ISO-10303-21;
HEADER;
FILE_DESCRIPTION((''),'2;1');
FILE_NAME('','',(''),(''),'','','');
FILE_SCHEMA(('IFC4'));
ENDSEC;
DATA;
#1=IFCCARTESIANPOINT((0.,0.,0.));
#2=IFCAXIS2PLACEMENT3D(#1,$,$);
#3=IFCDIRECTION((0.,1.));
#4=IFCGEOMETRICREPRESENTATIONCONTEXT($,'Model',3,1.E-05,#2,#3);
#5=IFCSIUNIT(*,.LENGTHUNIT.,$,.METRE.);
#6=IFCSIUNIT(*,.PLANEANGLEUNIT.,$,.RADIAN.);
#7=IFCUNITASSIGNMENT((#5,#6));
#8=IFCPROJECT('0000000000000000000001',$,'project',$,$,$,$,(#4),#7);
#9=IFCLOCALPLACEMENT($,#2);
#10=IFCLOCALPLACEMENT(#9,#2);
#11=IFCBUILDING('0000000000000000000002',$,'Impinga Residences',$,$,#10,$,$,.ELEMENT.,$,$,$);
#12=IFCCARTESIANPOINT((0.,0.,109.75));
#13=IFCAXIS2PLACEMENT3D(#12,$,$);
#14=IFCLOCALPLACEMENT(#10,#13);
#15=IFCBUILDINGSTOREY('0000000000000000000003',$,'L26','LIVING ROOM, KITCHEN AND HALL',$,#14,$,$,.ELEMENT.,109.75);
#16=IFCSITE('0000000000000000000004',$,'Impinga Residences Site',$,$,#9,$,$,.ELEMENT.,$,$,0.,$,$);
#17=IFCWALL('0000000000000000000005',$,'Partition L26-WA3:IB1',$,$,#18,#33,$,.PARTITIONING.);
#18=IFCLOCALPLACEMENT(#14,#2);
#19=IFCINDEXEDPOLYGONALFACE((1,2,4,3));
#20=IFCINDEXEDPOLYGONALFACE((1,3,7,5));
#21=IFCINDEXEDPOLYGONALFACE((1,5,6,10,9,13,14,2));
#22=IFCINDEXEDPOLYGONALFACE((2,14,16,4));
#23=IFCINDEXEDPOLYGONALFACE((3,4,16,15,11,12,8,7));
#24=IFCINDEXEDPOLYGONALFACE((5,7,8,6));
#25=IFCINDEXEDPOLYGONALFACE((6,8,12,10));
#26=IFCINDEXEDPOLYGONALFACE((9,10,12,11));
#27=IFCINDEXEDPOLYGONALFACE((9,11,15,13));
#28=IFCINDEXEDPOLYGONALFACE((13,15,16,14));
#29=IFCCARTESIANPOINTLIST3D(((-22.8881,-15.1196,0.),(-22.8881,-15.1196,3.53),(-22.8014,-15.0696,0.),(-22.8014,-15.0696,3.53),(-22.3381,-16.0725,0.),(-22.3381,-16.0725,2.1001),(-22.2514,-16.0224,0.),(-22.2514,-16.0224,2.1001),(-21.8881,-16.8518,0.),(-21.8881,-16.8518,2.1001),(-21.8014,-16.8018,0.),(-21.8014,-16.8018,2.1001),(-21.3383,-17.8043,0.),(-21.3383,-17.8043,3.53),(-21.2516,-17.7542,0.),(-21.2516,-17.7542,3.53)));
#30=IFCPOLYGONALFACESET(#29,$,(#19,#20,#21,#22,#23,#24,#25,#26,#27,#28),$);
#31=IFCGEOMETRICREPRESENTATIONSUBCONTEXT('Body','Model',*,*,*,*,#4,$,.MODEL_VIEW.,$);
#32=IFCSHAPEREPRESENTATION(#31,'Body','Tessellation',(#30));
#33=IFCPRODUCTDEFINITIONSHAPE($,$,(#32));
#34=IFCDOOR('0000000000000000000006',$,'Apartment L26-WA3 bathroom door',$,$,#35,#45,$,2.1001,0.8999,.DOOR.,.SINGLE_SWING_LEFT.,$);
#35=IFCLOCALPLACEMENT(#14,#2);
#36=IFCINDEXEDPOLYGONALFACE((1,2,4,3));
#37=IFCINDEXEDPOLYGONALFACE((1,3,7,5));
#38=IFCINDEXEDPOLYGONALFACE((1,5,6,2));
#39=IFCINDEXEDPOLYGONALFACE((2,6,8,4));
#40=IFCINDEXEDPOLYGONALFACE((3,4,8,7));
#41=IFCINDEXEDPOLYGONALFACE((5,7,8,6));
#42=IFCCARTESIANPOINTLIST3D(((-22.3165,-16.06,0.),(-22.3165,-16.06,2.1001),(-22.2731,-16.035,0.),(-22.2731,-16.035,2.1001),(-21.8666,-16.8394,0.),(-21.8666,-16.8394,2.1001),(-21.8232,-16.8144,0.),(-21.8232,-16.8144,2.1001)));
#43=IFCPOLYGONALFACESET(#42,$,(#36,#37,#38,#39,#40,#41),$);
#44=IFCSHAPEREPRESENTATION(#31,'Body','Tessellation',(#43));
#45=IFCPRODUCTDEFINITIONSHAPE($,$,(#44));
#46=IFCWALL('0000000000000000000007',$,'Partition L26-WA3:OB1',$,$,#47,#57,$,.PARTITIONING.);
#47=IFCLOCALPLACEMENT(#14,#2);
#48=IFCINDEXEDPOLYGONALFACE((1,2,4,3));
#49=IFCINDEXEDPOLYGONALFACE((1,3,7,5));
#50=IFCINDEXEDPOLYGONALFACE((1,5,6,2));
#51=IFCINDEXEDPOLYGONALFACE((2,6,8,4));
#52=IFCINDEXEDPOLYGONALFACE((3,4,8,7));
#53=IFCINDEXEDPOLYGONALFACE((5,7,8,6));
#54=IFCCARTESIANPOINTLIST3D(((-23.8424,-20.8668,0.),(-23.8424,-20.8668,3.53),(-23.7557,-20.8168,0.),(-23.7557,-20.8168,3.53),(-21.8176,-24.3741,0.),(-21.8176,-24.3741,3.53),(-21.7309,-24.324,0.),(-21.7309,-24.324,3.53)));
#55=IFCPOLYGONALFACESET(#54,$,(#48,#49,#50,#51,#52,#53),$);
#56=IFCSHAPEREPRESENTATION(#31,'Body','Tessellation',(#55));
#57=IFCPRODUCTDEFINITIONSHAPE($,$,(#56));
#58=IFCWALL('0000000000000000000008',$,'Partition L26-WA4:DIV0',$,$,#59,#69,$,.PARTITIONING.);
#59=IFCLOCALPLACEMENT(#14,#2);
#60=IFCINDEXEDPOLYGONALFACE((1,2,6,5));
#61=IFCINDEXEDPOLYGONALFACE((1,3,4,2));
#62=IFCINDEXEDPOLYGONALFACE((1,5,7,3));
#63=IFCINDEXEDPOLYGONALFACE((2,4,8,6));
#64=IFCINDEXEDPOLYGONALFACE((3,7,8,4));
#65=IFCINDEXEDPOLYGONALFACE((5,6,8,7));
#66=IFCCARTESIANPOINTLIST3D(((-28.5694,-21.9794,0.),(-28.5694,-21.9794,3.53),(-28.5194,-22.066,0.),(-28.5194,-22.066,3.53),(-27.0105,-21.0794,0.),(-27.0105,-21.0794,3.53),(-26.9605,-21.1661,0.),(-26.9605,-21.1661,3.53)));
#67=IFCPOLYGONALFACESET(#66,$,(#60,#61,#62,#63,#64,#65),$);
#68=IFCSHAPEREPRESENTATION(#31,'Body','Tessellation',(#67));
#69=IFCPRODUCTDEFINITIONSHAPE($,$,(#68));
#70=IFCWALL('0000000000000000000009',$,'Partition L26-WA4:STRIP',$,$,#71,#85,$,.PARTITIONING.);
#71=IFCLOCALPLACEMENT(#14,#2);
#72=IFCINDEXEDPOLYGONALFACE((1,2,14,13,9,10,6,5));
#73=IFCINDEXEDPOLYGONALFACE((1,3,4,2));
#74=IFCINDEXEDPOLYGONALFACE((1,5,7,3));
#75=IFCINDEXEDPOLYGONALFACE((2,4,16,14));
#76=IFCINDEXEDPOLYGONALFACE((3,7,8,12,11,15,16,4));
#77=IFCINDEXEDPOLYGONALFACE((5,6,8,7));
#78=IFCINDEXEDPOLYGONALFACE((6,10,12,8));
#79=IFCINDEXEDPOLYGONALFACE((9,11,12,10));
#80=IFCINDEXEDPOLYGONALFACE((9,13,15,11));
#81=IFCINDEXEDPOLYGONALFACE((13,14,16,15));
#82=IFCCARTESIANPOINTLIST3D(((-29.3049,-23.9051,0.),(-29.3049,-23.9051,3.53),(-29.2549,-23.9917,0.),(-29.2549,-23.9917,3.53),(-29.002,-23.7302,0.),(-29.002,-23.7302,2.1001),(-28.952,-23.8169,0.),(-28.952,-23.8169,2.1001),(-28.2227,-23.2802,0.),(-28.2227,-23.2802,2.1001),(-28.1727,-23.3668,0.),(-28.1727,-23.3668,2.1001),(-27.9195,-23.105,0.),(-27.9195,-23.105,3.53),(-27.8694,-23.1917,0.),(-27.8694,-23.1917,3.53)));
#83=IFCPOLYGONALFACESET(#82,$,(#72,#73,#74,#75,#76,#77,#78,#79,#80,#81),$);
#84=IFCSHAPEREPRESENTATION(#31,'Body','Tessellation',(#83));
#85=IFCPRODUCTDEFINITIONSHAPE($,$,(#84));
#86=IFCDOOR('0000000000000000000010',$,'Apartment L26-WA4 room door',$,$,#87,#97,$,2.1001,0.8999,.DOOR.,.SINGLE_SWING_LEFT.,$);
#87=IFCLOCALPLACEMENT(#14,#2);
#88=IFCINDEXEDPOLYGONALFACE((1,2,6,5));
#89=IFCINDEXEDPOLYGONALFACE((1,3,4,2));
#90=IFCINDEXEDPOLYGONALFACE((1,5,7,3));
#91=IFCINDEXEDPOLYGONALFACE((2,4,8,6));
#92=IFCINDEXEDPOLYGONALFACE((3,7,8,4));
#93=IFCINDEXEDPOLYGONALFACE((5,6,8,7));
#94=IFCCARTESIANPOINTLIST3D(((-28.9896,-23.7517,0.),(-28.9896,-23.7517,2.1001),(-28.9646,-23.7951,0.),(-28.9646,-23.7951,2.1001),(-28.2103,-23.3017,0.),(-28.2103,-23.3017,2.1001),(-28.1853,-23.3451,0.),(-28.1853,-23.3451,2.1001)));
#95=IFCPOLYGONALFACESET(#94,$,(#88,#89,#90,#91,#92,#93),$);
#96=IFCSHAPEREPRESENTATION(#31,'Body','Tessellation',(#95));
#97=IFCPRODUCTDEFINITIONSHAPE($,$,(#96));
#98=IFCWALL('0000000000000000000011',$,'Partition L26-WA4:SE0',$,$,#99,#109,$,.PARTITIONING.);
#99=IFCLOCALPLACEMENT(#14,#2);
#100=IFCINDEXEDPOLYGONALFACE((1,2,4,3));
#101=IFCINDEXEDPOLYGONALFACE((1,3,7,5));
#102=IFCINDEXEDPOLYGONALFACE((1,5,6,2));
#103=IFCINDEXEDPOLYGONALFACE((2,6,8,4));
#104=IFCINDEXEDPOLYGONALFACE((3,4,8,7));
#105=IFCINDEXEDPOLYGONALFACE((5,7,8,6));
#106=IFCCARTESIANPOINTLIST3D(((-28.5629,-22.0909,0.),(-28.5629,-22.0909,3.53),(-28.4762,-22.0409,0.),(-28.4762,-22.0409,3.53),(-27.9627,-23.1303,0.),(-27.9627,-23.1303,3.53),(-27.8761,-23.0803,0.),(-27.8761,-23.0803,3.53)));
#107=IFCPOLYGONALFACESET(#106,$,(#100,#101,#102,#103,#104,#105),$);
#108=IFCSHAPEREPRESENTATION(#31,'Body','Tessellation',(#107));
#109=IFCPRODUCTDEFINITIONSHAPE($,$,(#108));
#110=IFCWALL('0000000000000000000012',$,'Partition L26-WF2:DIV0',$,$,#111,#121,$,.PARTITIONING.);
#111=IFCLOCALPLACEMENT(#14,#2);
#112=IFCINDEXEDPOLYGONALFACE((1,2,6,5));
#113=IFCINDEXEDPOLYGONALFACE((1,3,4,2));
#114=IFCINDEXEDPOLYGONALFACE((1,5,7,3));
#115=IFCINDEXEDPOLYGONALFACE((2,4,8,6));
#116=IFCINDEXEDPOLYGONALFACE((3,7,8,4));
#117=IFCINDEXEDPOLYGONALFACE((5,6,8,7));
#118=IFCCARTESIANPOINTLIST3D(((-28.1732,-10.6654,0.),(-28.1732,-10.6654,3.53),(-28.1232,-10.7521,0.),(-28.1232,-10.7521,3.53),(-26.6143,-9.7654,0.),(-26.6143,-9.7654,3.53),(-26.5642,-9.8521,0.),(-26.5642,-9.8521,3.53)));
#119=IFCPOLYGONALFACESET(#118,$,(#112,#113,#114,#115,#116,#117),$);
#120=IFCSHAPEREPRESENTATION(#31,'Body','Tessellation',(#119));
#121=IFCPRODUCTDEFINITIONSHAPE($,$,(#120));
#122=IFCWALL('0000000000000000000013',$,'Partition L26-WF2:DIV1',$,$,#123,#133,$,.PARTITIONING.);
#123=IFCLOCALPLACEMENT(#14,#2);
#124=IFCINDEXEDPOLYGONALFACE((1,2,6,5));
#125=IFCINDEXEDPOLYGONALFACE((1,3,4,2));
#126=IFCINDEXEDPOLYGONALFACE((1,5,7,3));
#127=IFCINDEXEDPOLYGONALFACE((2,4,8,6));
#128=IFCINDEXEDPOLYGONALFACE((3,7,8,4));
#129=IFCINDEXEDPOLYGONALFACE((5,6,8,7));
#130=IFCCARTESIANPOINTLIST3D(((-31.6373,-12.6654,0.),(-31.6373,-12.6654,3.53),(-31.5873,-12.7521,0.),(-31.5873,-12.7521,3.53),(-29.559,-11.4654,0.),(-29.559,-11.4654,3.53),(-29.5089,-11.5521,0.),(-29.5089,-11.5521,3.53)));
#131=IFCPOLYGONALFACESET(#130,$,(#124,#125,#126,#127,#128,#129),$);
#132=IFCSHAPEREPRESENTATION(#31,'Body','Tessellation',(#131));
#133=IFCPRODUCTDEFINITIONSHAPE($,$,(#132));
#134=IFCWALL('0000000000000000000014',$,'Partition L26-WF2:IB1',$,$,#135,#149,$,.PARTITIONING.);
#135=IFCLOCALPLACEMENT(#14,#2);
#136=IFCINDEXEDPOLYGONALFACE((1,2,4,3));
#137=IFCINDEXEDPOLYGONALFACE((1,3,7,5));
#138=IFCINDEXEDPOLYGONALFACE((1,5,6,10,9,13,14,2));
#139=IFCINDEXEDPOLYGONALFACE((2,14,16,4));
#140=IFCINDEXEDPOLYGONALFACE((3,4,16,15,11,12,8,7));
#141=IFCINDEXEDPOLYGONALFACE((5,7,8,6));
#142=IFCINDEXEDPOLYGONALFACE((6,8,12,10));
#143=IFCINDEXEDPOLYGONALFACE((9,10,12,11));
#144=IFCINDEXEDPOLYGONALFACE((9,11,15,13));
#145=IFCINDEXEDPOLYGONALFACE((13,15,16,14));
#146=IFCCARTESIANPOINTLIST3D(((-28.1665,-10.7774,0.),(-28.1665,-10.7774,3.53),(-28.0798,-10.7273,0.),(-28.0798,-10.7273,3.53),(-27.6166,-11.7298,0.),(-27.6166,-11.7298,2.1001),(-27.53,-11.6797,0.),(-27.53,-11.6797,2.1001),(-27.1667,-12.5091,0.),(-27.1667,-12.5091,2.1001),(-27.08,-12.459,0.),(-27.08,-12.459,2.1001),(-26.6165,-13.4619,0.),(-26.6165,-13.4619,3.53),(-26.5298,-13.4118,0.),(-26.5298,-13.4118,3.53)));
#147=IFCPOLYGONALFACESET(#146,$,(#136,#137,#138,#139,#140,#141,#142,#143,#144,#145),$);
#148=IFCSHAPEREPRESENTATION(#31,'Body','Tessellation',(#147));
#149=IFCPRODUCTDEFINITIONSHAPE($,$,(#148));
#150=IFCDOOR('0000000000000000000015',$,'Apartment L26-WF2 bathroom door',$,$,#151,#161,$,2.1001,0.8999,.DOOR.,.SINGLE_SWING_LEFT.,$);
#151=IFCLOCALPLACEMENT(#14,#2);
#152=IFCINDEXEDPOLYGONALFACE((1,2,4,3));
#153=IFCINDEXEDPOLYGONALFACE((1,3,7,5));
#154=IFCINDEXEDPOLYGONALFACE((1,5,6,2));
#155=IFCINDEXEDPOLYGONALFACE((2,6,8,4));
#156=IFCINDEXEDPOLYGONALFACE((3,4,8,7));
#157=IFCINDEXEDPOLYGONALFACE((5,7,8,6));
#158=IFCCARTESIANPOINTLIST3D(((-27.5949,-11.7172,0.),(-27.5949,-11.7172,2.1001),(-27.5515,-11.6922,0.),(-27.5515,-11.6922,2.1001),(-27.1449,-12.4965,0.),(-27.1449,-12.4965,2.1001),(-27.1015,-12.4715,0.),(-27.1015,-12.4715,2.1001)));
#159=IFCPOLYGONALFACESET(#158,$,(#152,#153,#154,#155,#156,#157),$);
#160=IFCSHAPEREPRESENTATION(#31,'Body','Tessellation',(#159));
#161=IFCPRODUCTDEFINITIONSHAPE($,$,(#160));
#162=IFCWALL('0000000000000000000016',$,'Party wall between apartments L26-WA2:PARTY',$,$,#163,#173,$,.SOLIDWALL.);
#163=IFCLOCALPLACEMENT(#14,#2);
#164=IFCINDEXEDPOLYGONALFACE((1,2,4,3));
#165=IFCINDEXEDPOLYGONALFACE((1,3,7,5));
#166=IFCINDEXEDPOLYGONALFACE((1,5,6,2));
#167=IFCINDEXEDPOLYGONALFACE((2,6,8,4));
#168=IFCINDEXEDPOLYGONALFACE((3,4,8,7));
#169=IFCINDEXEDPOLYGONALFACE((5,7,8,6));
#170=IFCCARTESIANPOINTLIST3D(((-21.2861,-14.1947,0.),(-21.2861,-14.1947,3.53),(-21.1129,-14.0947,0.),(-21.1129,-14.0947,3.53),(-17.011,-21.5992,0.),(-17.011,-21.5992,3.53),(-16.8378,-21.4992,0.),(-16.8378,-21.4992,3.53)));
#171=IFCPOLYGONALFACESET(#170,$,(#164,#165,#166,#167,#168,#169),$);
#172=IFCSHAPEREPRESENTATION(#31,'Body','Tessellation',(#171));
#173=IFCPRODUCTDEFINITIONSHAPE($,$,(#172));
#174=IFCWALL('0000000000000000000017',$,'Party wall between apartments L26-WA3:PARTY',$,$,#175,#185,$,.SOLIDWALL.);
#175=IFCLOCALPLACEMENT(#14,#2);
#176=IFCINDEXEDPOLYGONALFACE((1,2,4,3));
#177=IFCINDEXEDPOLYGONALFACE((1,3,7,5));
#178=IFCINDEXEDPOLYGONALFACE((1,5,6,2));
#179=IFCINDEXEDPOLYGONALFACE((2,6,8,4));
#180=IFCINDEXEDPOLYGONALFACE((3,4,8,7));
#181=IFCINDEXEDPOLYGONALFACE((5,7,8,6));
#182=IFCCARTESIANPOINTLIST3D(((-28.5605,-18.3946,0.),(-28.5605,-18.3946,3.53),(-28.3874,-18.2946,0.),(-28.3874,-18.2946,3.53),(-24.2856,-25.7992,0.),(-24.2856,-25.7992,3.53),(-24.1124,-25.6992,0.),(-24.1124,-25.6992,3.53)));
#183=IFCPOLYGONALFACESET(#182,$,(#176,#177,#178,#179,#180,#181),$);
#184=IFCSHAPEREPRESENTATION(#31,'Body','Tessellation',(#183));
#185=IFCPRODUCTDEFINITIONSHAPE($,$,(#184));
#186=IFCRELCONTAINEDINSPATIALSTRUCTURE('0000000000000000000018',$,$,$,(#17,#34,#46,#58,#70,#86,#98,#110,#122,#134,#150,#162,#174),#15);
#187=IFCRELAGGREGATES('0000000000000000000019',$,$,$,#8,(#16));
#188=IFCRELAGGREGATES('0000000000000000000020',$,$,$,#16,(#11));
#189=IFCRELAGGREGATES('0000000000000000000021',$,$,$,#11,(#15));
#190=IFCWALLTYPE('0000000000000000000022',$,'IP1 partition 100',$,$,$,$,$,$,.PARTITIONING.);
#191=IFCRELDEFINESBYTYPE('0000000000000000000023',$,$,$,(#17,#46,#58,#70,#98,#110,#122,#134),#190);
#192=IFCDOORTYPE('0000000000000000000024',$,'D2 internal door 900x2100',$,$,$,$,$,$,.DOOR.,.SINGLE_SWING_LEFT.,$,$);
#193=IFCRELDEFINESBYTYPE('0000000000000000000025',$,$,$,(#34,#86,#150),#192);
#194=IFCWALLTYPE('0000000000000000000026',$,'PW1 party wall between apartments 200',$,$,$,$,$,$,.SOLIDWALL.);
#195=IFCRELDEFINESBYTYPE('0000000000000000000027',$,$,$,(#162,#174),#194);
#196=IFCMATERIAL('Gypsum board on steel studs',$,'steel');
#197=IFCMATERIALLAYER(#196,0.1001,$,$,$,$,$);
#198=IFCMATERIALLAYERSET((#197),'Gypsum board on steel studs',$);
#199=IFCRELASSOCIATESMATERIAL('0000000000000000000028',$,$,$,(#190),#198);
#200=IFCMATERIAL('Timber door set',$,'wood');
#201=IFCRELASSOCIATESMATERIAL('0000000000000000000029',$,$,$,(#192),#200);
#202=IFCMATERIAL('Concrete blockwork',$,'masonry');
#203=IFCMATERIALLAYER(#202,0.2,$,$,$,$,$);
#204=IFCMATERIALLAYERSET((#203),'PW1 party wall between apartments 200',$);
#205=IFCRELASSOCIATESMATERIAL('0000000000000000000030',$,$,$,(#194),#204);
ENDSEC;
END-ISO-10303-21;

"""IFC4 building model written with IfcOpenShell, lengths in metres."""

from ifc_helpers import new_model, si_unit, direction, frame, frame_2d, origin, place, context, subcontext, project, spatial, rectangle, extrude, material, layer, layer_set, type_object, element, fill, save


model = new_model("IFC4")

# Units and contexts
model_context = context("Model", 3, precision=1e-05, world=origin(), true_north=direction((0.0, 1.0)))
body_context = subcontext(model_context, "Body", "Model", "MODEL_VIEW")
ifc_project = project(units=[si_unit("LENGTHUNIT", "METRE"), si_unit("PLANEANGLEUNIT", "RADIAN")], contexts=[model_context])

# Site, building, storey
site_placement = place(None, origin())
site = spatial("IfcSite", under=ifc_project, at=site_placement, Name="Impinga Residences Site", CompositionType="ELEMENT", RefElevation=0.0)
building_placement = place(site_placement, origin())
building = spatial("IfcBuilding", under=site, at=building_placement, Name="Impinga Residences", CompositionType="ELEMENT")
storey_placement = place(building_placement, frame((0.0, 0.0, 109.75)))
storey = spatial("IfcBuildingStorey", under=building, at=storey_placement, Name="L26", Description="LIVING ROOM, KITCHEN AND HALL", CompositionType="ELEMENT", Elevation=109.75)

# Shared definitions
ifc_material_1 = material(Name="Gypsum board on steel studs", Category="steel")
ifc_layer_1 = layer(ifc_material_1, 0.1001)
ifc_layer_set_1 = layer_set([ifc_layer_1], Name="Gypsum board on steel studs")
wall_type_1 = type_object("IfcWallType", Name="IP1 partition 100", PredefinedType="PARTITIONING", material=ifc_layer_set_1)

# Shared definitions
ifc_material_2 = material(Name="Timber door set", Category="wood")
door_type = type_object("IfcDoorType", Name="D2 internal door 900x2100", OperationType="SINGLE_SWING_LEFT", PredefinedType="DOOR", material=ifc_material_2)

# Wall, opening, door
wall_1_placement = place(storey_placement, frame((-22.8447, -15.0947, 0.0), z_axis=(0.0, 0.0, 1.0), x_axis=(0.499968, -0.866044, 0.0)))
wall_1 = element("IfcWall", 1, at=wall_1_placement, inside=storey, type_object=wall_type_1, Name="Partition L26-WA3:IB1", PredefinedType="PARTITIONING", context=body_context, shape_type="SweptSolid", body=[
    extrude(rectangle(XDim=3.0999, YDim=0.1001, at=frame_2d((1.5498, 0.0))), origin(), (0.0, 0.0, 1.0), 3.53),
])
opening_1_placement = place(wall_1_placement, frame((1.1001, 0.0, 0.0)))
opening_1 = element("IfcOpeningElement", 2, at=opening_1_placement, cuts=wall_1, PredefinedType="OPENING", context=body_context, shape_type="SweptSolid", body=[
    extrude(rectangle(XDim=0.8999, YDim=2.1001, at=frame_2d((0.45, 1.05))), frame((0.0, 0.0601, 0.0), z_axis=(0.0, -1.0, 0.0), x_axis=(1.0, 0.0, 0.0)), (0.0, 0.0, 1.0), 0.1201),
])
door_1_placement = place(opening_1_placement, origin())
door_1 = element("IfcDoor", 3, at=door_1_placement, inside=storey, type_object=door_type, Name="Apartment L26-WA3 bathroom door", OperationType="SINGLE_SWING_LEFT", OverallHeight=2.1001, OverallWidth=0.8999, PredefinedType="DOOR", context=body_context, shape_type="SweptSolid", body=[
    extrude(rectangle(XDim=0.8999, YDim=2.1001, at=frame_2d((0.45, 1.05))), frame((0.0, 0.0249, 0.0), z_axis=(0.0, -1.0, 0.0), x_axis=(1.0, 0.0, 0.0)), (0.0, 0.0, 1.0), 0.05),
])
fill(opening_1, door_1)

# Walls
wall_2_placement = place(storey_placement, frame((-23.7991, -20.8418, 0.0), z_axis=(0.0, 0.0, 1.0), x_axis=(0.49999, -0.866031, 0.0)))
element("IfcWall", 4, at=wall_2_placement, inside=storey, type_object=wall_type_1, Name="Partition L26-WA3:OB1", PredefinedType="PARTITIONING", context=body_context, shape_type="SweptSolid", body=[
    extrude(rectangle(XDim=4.0498, YDim=0.1001, at=frame_2d((2.0249, 0.0))), origin(), (0.0, 0.0, 1.0), 3.53),
])
wall_3_placement = place(storey_placement, frame((-26.9856, -21.1228, 0.0), z_axis=(0.0, 0.0, 1.0), x_axis=(-0.866048, -0.499961, 0.0)))
element("IfcWall", 5, at=wall_3_placement, inside=storey, type_object=wall_type_1, Name="Partition L26-WA4:DIV0", PredefinedType="PARTITIONING", context=body_context, shape_type="SweptSolid", body=[
    extrude(rectangle(XDim=1.8, YDim=0.1001, at=frame_2d((0.8999, 0.0))), origin(), (0.0, 0.0, 1.0), 3.53),
])

# Wall, opening, door
wall_4_placement = place(storey_placement, frame((-27.8945, -23.1484, 0.0), z_axis=(0.0, 0.0, 1.0), x_axis=(-0.86599, -0.500061, 0.0)))
wall_4 = element("IfcWall", 6, at=wall_4_placement, inside=storey, type_object=wall_type_1, Name="Partition L26-WA4:STRIP", PredefinedType="PARTITIONING", context=body_context, shape_type="SweptSolid", body=[
    extrude(rectangle(XDim=1.5999, YDim=0.1001, at=frame_2d((0.7998, 0.0))), origin(), (0.0, 0.0, 1.0), 3.53),
])
opening_2_placement = place(wall_4_placement, frame((0.3501, 0.0, 0.0)))
opening_2 = element("IfcOpeningElement", 7, at=opening_2_placement, cuts=wall_4, PredefinedType="OPENING", context=body_context, shape_type="SweptSolid", body=[
    extrude(rectangle(XDim=0.8999, YDim=2.1001, at=frame_2d((0.45, 1.05))), frame((0.0, 0.0601, 0.0), z_axis=(0.0, -1.0, 0.0), x_axis=(1.0, 0.0, 0.0)), (0.0, 0.0, 1.0), 0.1201),
])
door_2_placement = place(opening_2_placement, origin())
door_2 = element("IfcDoor", 8, at=door_2_placement, inside=storey, type_object=door_type, Name="Apartment L26-WA4 room door", OperationType="SINGLE_SWING_LEFT", OverallHeight=2.1001, OverallWidth=0.8999, PredefinedType="DOOR", context=body_context, shape_type="SweptSolid", body=[
    extrude(rectangle(XDim=0.8999, YDim=2.1001, at=frame_2d((0.45, 1.05))), frame((0.0, 0.0249, 0.0), z_axis=(0.0, -1.0, 0.0), x_axis=(1.0, 0.0, 0.0)), (0.0, 0.0, 1.0), 0.05),
])
fill(opening_2, door_2)

# Walls
wall_5_placement = place(storey_placement, frame((-28.5195, -22.0659, 0.0), z_axis=(0.0, 0.0, 1.0), x_axis=(0.500034, -0.866006, 0.0)))
element("IfcWall", 9, at=wall_5_placement, inside=storey, type_object=wall_type_1, Name="Partition L26-WA4:SE0", PredefinedType="PARTITIONING", context=body_context, shape_type="SweptSolid", body=[
    extrude(rectangle(XDim=1.2002, YDim=0.1001, at=frame_2d((0.6001, 0.0))), origin(), (0.0, 0.0, 1.0), 3.53),
])
wall_6_placement = place(storey_placement, frame((-26.5894, -9.8088, 0.0), z_axis=(0.0, 0.0, 1.0), x_axis=(-0.866048, -0.499961, 0.0)))
element("IfcWall", 10, at=wall_6_placement, inside=storey, type_object=wall_type_1, Name="Partition L26-WF2:DIV0", PredefinedType="PARTITIONING", context=body_context, shape_type="SweptSolid", body=[
    extrude(rectangle(XDim=1.8, YDim=0.1001, at=frame_2d((0.8999, 0.0))), origin(), (0.0, 0.0, 1.0), 3.53),
])
wall_7_placement = place(storey_placement, frame((-29.5339, -11.5088, 0.0), z_axis=(0.0, 0.0, 1.0), x_axis=(-0.866025, -0.500001, 0.0)))
element("IfcWall", 11, at=wall_7_placement, inside=storey, type_object=wall_type_1, Name="Partition L26-WF2:DIV1", PredefinedType="PARTITIONING", context=body_context, shape_type="SweptSolid", body=[
    extrude(rectangle(XDim=2.3999, YDim=0.1001, at=frame_2d((1.2, 0.0))), origin(), (0.0, 0.0, 1.0), 3.53),
])

# Wall, opening, door
wall_8_placement = place(storey_placement, frame((-26.5732, -13.4368, 0.0), z_axis=(0.0, 0.0, 1.0), x_axis=(-0.500027, 0.86601, 0.0)))
wall_8 = element("IfcWall", 12, at=wall_8_placement, inside=storey, type_object=wall_type_1, Name="Partition L26-WF2:IB1", PredefinedType="PARTITIONING", context=body_context, shape_type="SweptSolid", body=[
    extrude(rectangle(XDim=3.0999, YDim=0.1001, at=frame_2d((1.5498, 0.0))), origin(), (0.0, 0.0, 1.0), 3.53),
])
opening_3_placement = place(wall_8_placement, frame((1.1001, 0.0, 0.0)))
opening_3 = element("IfcOpeningElement", 13, at=opening_3_placement, cuts=wall_8, PredefinedType="OPENING", context=body_context, shape_type="SweptSolid", body=[
    extrude(rectangle(XDim=0.8999, YDim=2.1001, at=frame_2d((0.45, 1.05))), frame((0.0, 0.0601, 0.0), z_axis=(0.0, -1.0, 0.0), x_axis=(1.0, 0.0, 0.0)), (0.0, 0.0, 1.0), 0.1201),
])
door_3_placement = place(opening_3_placement, origin())
door_3 = element("IfcDoor", 14, at=door_3_placement, inside=storey, type_object=door_type, Name="Apartment L26-WF2 bathroom door", OperationType="SINGLE_SWING_LEFT", OverallHeight=2.1001, OverallWidth=0.8999, PredefinedType="DOOR", context=body_context, shape_type="SweptSolid", body=[
    extrude(rectangle(XDim=0.8999, YDim=2.1001, at=frame_2d((0.45, 1.05))), frame((0.0, 0.0249, 0.0), z_axis=(0.0, -1.0, 0.0), x_axis=(1.0, 0.0, 0.0)), (0.0, 0.0, 1.0), 0.05),
])
fill(opening_3, door_3)

# Walls
ifc_material_3 = material(Name="Concrete blockwork", Category="masonry")
ifc_layer_2 = layer(ifc_material_3, 0.2)
ifc_layer_set_2 = layer_set([ifc_layer_2], Name="PW1 party wall between apartments 200")
wall_type_2 = type_object("IfcWallType", Name="PW1 party wall between apartments 200", PredefinedType="SOLIDWALL", material=ifc_layer_set_2)
for number, where, z_axis, x_axis, name in (
    (15, (-21.1995, -14.1448, 0.0), (0.0, 0.0, 1.0), (0.500012, -0.866019, 0.0), "Party wall between apartments L26-WA2:PARTY"),
    (16, (-28.4739, -18.3447, 0.0), (0.0, 0.0, 1.0), (0.49999, -0.866031, 0.0), "Party wall between apartments L26-WA3:PARTY"),
):
    element("IfcWall", number, at=place(storey_placement, frame(where, z_axis=z_axis, x_axis=x_axis)), inside=storey, type_object=wall_type_2, Name=name, PredefinedType="SOLIDWALL", context=body_context, shape_type="SweptSolid", body=[
        extrude(rectangle(XDim=8.55, YDim=0.2, at=frame_2d((4.2749, 0.0))), origin(), (0.0, 0.0, 1.0), 3.53),
    ])

save(model, "model.ifc")
